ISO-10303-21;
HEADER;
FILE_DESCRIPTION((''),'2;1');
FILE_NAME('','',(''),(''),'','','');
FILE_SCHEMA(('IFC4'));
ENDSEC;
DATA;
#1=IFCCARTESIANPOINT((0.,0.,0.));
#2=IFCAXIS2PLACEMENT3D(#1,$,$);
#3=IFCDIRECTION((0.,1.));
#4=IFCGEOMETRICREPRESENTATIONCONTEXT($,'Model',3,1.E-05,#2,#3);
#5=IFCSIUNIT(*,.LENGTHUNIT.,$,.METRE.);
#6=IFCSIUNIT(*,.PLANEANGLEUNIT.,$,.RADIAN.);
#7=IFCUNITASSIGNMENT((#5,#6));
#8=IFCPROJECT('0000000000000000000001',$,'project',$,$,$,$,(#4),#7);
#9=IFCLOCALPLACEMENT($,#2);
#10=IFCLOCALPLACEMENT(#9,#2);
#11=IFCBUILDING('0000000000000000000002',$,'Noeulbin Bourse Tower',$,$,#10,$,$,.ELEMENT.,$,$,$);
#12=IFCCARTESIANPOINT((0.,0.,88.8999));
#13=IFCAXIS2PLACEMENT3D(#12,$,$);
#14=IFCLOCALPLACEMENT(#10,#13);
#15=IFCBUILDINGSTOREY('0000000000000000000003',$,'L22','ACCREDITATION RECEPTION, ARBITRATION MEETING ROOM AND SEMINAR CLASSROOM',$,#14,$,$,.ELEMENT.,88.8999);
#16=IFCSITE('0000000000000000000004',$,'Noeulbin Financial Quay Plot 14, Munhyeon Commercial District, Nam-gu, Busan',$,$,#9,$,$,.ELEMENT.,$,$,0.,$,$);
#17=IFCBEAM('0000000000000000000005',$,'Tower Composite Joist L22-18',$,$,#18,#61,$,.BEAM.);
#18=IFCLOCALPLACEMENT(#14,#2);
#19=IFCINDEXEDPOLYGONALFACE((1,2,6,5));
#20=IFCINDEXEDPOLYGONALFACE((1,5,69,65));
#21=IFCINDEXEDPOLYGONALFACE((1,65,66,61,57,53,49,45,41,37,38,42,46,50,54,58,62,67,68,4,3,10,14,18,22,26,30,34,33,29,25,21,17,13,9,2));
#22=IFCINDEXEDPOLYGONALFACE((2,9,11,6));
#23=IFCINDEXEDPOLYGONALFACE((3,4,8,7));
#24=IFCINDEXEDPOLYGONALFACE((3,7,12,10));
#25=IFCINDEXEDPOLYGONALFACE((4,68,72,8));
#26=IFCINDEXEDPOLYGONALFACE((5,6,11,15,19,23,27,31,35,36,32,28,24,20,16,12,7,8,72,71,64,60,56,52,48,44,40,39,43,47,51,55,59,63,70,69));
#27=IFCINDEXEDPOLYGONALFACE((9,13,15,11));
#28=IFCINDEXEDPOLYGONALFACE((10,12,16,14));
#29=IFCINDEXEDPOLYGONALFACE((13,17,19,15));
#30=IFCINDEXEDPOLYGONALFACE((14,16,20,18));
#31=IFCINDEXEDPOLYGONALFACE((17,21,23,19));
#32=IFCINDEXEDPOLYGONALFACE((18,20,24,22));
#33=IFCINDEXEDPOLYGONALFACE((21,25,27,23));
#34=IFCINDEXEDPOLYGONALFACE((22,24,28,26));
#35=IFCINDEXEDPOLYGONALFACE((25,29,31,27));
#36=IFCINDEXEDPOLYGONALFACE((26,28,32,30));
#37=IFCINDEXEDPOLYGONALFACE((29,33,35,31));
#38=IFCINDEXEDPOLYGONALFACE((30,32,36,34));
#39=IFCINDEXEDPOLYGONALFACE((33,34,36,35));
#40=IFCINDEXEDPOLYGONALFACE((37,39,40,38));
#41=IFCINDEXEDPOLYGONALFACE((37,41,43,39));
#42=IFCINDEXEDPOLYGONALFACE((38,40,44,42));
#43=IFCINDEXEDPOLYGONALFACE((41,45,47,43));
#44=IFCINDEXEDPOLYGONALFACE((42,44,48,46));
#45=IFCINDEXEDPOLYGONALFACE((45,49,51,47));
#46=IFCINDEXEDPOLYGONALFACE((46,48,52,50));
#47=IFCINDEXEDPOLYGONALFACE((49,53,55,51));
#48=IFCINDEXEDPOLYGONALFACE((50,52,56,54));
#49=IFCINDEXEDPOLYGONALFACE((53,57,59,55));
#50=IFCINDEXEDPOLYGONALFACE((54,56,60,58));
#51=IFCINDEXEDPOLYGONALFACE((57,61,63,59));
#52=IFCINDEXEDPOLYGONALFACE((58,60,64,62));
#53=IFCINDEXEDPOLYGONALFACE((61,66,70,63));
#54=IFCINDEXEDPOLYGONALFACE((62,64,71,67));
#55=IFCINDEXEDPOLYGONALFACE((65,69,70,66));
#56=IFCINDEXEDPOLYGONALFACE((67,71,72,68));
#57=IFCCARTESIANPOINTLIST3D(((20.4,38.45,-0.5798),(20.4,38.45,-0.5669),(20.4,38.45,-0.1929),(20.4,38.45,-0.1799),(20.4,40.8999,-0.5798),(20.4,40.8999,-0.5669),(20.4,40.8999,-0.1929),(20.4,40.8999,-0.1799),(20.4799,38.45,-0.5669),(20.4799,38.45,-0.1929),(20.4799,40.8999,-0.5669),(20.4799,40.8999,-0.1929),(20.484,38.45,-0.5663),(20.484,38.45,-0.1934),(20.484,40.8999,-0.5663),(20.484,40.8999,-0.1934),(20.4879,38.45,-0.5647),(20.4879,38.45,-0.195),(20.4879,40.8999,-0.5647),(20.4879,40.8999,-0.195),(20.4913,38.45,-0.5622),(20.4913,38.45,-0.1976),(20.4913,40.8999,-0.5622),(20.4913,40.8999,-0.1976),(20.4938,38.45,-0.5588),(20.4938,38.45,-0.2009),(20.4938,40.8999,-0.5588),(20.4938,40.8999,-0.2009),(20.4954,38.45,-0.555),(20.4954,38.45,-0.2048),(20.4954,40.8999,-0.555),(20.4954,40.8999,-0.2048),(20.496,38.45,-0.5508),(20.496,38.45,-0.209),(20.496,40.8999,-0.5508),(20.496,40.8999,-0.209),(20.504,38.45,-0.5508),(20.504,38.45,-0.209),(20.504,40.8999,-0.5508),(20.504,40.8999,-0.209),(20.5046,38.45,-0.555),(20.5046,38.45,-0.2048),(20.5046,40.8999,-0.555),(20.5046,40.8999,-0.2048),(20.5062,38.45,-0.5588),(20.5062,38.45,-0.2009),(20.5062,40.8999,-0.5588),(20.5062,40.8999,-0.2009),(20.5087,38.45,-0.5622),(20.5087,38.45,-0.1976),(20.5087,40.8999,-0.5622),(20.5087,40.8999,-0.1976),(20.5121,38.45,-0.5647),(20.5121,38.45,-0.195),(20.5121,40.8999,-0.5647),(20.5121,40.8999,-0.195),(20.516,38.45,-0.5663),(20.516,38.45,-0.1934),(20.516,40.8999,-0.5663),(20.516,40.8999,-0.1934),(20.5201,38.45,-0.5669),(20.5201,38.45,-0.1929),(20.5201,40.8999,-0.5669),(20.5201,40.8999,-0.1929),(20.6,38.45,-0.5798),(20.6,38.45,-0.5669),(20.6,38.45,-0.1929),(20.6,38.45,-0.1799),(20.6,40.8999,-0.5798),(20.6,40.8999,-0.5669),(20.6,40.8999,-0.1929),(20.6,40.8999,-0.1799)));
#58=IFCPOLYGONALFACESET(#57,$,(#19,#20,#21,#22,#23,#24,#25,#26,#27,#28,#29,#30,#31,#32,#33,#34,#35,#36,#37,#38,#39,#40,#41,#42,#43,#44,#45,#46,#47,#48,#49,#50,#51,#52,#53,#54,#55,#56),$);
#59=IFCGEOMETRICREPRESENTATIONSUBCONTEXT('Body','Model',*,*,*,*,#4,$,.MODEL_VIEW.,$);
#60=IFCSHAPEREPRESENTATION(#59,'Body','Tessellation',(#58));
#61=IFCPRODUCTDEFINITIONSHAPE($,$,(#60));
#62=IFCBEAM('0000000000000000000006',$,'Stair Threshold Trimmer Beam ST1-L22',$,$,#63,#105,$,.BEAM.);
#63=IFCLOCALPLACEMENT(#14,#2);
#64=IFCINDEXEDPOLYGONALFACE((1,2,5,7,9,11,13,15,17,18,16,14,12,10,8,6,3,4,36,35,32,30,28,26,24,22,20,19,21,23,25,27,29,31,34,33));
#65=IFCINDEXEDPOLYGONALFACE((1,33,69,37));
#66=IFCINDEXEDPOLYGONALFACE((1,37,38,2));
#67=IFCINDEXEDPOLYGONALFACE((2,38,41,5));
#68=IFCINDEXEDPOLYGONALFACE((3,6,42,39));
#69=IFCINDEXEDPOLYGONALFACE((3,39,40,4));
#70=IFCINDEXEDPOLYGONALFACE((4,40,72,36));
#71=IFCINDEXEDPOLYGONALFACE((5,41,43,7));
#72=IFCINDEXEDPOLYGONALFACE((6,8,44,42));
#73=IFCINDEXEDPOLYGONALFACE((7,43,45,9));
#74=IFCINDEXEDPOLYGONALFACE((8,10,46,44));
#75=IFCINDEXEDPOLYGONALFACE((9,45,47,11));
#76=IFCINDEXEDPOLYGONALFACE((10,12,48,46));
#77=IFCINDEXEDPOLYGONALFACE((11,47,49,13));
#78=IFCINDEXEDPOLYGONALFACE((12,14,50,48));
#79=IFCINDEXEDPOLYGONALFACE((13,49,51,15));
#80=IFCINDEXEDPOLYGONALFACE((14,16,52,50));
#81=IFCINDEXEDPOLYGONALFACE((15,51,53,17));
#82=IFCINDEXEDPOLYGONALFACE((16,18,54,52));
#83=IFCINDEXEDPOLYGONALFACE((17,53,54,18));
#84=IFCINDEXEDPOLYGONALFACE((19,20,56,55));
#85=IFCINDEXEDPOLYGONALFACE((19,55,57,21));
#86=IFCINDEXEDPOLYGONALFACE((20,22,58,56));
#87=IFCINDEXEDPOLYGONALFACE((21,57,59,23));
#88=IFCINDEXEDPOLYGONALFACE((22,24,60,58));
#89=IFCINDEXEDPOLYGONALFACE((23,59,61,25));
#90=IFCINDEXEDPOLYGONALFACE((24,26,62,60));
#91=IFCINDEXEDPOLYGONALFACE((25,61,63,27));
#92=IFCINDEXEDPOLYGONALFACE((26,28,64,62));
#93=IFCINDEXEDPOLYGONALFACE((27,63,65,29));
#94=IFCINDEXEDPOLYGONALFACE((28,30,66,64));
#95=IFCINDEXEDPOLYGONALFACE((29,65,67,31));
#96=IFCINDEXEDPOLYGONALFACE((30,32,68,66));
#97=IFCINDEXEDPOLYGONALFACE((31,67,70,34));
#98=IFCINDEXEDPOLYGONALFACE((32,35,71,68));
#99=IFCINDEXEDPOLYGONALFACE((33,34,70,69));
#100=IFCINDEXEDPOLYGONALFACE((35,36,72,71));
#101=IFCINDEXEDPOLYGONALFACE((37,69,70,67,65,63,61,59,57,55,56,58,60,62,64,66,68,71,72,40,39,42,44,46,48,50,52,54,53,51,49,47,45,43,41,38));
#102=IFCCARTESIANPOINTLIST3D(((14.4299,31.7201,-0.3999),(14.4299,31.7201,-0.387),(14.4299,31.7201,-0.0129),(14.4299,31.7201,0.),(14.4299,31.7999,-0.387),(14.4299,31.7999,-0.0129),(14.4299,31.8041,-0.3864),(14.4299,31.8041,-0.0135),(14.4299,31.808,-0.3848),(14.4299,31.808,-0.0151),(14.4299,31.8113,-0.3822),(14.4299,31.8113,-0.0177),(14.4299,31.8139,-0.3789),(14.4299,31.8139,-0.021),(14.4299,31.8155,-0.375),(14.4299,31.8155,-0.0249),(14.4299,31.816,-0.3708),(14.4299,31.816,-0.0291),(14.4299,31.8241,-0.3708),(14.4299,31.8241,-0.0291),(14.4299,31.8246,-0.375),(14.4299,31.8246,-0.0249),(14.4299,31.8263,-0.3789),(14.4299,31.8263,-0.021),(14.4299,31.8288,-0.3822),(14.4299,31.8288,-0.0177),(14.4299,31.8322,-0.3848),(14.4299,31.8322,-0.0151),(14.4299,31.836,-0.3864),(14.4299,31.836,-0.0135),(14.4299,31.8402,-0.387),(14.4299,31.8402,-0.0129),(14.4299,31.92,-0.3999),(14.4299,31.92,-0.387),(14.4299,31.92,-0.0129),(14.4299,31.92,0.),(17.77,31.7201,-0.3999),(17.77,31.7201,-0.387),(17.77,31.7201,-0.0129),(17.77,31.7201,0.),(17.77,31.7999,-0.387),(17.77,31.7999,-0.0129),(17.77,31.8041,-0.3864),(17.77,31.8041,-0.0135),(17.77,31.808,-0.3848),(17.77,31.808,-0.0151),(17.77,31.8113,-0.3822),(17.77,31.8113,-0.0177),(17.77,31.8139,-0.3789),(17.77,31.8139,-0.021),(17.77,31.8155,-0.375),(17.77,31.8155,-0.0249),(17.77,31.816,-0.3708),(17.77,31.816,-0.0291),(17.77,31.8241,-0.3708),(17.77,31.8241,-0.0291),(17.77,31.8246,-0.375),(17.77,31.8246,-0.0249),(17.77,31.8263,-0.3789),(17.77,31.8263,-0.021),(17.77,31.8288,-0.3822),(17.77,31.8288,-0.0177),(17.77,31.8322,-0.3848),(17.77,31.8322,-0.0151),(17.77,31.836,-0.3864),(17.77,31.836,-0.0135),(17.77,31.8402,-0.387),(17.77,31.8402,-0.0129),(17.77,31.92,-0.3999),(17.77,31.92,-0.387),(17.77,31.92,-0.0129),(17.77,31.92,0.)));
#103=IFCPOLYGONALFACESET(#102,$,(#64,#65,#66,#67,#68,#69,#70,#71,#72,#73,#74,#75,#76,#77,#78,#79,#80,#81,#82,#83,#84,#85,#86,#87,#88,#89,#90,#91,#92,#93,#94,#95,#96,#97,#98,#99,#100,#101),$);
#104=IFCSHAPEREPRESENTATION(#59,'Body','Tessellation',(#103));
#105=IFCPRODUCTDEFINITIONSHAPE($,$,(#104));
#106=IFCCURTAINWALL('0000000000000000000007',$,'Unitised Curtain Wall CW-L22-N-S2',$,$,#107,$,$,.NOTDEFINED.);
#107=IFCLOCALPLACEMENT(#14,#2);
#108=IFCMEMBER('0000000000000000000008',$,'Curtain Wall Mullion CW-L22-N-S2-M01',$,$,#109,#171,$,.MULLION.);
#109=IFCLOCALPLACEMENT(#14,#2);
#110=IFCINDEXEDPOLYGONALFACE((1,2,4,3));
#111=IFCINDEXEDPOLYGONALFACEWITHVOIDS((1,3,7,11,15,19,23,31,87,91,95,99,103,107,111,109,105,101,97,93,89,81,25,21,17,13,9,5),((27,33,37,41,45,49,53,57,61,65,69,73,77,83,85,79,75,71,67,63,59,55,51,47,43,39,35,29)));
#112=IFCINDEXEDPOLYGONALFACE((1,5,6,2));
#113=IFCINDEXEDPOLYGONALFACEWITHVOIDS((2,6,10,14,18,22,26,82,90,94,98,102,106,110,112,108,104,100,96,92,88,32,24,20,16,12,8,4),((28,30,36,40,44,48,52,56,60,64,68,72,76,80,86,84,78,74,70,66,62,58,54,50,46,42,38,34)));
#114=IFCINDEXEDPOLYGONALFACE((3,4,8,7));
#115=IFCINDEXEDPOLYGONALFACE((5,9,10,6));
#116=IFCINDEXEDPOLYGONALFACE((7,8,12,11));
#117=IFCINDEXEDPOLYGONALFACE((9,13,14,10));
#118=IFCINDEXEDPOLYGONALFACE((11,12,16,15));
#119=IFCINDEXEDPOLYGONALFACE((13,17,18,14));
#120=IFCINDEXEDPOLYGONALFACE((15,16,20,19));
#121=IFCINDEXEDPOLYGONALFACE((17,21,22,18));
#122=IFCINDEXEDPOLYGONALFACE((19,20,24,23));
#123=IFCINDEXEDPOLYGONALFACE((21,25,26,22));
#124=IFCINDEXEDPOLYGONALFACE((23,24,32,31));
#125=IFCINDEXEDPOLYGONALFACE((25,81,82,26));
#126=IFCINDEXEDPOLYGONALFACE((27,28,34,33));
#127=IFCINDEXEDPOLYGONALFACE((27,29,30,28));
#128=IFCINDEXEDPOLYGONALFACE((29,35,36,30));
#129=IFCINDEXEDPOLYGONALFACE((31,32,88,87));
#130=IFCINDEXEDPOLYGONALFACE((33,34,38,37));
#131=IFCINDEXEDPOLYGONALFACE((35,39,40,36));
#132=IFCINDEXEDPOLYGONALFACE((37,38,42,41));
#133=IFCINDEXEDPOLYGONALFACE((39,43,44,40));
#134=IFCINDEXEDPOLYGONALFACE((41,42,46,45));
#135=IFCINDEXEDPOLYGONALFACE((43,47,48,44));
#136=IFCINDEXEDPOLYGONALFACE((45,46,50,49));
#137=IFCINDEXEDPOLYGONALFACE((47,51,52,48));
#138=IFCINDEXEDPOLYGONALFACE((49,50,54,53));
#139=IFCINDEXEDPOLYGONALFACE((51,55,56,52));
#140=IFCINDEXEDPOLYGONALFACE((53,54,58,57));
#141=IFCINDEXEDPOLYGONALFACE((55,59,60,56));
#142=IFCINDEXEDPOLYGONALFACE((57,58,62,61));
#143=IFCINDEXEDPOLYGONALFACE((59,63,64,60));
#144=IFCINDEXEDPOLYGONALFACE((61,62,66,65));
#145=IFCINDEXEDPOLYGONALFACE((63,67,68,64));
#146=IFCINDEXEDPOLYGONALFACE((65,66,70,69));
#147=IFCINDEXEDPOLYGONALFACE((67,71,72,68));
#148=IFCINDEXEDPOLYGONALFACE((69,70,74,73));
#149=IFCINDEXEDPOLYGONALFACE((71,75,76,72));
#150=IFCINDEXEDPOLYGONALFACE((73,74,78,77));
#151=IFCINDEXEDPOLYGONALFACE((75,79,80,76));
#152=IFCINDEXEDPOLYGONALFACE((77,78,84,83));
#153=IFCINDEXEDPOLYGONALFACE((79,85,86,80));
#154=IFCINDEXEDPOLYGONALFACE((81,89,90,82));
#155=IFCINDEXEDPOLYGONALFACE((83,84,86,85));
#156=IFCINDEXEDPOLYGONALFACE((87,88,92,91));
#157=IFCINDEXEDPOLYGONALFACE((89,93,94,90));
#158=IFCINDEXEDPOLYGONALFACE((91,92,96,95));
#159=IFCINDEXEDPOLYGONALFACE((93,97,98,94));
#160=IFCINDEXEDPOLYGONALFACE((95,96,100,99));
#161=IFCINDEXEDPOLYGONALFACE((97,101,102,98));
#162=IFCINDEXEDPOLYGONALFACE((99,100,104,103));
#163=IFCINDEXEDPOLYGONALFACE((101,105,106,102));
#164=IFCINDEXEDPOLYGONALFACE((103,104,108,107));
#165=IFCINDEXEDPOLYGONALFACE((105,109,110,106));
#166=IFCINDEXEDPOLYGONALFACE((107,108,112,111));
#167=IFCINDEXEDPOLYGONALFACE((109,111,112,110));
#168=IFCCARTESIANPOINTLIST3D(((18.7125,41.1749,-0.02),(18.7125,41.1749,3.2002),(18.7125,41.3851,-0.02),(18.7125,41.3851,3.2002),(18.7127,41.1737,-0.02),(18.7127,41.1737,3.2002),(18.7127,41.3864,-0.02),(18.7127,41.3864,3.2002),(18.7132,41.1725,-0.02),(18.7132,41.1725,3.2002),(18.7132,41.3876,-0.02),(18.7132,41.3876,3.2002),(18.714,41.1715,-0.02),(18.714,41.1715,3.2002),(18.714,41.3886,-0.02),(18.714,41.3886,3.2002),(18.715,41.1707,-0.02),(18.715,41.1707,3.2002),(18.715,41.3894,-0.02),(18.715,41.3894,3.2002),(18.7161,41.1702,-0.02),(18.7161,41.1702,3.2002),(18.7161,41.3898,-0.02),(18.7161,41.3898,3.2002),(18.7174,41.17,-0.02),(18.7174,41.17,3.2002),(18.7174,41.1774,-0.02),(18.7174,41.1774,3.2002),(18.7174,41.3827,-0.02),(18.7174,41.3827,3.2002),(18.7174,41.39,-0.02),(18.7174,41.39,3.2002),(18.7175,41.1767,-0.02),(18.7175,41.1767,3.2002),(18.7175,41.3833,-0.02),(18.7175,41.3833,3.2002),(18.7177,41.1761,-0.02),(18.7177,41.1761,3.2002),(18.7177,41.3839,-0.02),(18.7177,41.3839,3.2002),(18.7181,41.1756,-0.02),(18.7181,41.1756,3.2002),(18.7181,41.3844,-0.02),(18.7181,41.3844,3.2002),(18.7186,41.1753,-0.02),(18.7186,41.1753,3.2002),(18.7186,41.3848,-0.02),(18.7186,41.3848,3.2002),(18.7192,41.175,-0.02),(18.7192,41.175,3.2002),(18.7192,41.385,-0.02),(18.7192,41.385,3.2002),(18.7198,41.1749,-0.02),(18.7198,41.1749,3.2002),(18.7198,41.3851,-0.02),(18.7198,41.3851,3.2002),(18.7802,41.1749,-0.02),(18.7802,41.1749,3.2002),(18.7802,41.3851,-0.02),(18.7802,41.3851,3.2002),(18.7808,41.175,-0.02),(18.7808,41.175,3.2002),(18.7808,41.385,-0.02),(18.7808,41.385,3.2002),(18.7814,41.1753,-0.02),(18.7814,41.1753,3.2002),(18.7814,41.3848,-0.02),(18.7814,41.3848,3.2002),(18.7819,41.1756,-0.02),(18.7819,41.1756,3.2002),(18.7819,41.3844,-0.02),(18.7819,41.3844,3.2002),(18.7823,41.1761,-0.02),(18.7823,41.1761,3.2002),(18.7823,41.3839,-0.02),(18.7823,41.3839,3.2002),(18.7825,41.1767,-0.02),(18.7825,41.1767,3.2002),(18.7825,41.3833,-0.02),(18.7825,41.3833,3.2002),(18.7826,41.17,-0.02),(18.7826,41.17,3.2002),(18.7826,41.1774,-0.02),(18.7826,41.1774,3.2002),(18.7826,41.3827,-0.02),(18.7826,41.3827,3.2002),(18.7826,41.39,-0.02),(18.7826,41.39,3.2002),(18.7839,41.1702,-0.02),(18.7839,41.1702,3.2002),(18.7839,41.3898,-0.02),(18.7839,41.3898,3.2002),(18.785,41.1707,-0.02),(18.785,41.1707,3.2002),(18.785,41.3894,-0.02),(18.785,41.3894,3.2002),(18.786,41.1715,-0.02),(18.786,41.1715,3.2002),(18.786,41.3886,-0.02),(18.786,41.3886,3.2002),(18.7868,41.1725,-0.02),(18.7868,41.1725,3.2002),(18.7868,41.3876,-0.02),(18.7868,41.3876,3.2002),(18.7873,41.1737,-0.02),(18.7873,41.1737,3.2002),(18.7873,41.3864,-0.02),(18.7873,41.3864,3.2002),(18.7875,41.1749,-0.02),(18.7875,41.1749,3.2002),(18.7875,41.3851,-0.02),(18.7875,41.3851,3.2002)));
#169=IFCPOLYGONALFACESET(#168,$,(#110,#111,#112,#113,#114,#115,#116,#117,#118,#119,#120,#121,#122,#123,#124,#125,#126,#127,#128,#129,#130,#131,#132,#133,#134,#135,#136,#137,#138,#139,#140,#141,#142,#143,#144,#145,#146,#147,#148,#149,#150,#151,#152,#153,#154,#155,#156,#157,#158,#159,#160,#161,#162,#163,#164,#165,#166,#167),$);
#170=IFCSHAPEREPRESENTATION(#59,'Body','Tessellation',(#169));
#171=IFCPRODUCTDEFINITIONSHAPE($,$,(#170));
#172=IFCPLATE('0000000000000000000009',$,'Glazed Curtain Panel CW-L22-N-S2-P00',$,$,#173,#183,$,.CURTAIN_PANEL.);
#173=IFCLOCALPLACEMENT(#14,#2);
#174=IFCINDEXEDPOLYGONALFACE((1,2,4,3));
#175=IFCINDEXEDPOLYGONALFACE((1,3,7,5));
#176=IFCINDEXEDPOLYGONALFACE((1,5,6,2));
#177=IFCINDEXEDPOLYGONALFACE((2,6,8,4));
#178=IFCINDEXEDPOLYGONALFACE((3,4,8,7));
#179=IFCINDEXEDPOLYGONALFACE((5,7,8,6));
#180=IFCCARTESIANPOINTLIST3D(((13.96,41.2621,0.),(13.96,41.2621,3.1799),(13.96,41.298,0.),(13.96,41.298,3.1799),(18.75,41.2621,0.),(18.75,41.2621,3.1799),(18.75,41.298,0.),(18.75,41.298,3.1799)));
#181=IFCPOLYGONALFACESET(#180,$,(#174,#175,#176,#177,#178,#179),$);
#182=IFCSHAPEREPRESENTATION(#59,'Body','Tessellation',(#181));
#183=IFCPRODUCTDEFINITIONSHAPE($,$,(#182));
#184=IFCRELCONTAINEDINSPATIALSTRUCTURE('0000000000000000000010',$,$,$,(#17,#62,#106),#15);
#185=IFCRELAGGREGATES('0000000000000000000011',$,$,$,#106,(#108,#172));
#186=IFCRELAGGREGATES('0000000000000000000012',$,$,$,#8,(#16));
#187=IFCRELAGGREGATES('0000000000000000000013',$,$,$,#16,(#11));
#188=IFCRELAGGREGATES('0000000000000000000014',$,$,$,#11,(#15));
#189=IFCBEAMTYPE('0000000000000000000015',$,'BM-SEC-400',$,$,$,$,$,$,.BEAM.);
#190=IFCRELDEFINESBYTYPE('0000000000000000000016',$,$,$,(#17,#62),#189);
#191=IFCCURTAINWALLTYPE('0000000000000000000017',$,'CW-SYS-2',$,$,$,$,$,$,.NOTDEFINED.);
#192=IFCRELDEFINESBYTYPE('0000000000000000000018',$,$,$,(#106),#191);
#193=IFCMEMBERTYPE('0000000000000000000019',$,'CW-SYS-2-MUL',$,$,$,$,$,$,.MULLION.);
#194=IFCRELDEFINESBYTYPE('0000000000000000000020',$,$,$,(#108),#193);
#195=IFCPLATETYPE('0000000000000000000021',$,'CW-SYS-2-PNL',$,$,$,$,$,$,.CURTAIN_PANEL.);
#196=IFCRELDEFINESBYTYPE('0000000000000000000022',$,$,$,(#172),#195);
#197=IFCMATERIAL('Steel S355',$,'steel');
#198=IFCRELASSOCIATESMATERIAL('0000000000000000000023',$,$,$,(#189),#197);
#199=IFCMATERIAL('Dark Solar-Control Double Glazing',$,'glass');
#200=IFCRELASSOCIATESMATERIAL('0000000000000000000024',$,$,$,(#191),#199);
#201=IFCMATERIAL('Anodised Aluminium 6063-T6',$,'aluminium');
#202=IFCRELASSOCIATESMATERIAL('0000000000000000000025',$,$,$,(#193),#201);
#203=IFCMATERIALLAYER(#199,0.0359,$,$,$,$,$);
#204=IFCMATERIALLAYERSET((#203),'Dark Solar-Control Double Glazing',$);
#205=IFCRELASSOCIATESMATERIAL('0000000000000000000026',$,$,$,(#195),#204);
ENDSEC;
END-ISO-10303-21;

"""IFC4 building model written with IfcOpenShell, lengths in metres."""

from ifc_helpers import new_model, si_unit, direction, frame, origin, origin_2d, place, context, subcontext, project, spatial, rectangle, hollow_rectangle, i_section, extrude, material, layer, layer_set, material_profile, profile_set, type_object, element, aggregate, save


model = new_model("IFC4")

# Units and contexts
model_context = context("Model", 3, precision=1e-05, world=origin(), true_north=direction((0.0, 1.0)))
body_context = subcontext(model_context, "Body", "Model", "MODEL_VIEW")
ifc_project = project(units=[si_unit("LENGTHUNIT", "METRE"), si_unit("PLANEANGLEUNIT", "RADIAN")], contexts=[model_context])

# Site, building, storey
site_placement = place(None, origin())
site = spatial("IfcSite", under=ifc_project, at=site_placement, Name="Noeulbin Financial Quay Plot 14, Munhyeon Commercial District, Nam-gu, Busan", CompositionType="ELEMENT", RefElevation=0.0)
building_placement = place(site_placement, origin())
building = spatial("IfcBuilding", under=site, at=building_placement, Name="Noeulbin Bourse Tower", CompositionType="ELEMENT")
storey_placement = place(building_placement, frame((0.0, 0.0, 88.8999)))
storey = spatial("IfcBuildingStorey", under=building, at=storey_placement, Name="L22", Description="ACCREDITATION RECEPTION, ARBITRATION MEETING ROOM AND SEMINAR CLASSROOM", CompositionType="ELEMENT", Elevation=88.8999)

# Beams
ifc_material_1 = material(Name="Steel S355", Category="steel")
ifc_material_profile_1 = material_profile(ifc_material_1, i_section(OverallWidth=0.2, OverallDepth=0.3999, WebThickness=0.0081, FlangeThickness=0.0129, FilletRadius=0.0161, at=origin_2d()), Name="H-400x200x8x13", Category="LoadBearing")
ifc_profile_set_1 = profile_set([ifc_material_profile_1], Name="Steel S355")
beam_type = type_object("IfcBeamType", Name="BM-SEC-400", PredefinedType="BEAM", material=ifc_profile_set_1)
for number, where, z_axis, x_axis, name in (
    (1, (20.5, 38.45, -0.3799), (0.0, 1.0, 0.0), (-1.0, 0.0, 0.0), "Tower Composite Joist L22-18"),
):
    element("IfcBeam", number, at=place(storey_placement, frame(where, z_axis=z_axis, x_axis=x_axis)), inside=storey, type_object=beam_type, Name=name, PredefinedType="BEAM", context=body_context, shape_type="SweptSolid", body=[
        extrude(i_section(OverallWidth=0.2, OverallDepth=0.3999, WebThickness=0.0081, FlangeThickness=0.0129, FilletRadius=0.0161, at=origin_2d()), origin(), (0.0, 0.0, 1.0), 2.45),
    ])
beam_placement = place(storey_placement, frame((14.4299, 31.8201, -0.2), z_axis=(1.0, 0.0, 0.0), x_axis=(0.0, 1.0, 0.0)))
element("IfcBeam", 2, at=beam_placement, inside=storey, type_object=beam_type, Name="Stair Threshold Trimmer Beam ST1-L22", PredefinedType="BEAM", context=body_context, shape_type="SweptSolid", body=[
    extrude(i_section(OverallWidth=0.2, OverallDepth=0.3999, WebThickness=0.0081, FlangeThickness=0.0129, FilletRadius=0.0161, at=origin_2d()), origin(), (0.0, 0.0, 1.0), 3.3401),
])

# Curtain wall, member, plate
ifc_material_2 = material(Name="Dark Solar-Control Double Glazing", Category="glass")
curtain_wall_type = type_object("IfcCurtainWallType", Name="CW-SYS-2", PredefinedType="NOTDEFINED", material=ifc_material_2)
curtain_wall_placement = place(storey_placement, origin())
curtain_wall = element("IfcCurtainWall", 3, at=curtain_wall_placement, inside=storey, type_object=curtain_wall_type, Name="Unitised Curtain Wall CW-L22-N-S2", PredefinedType="NOTDEFINED")
ifc_material_3 = material(Name="Anodised Aluminium 6063-T6", Category="aluminium")
ifc_material_profile_2 = material_profile(ifc_material_3, hollow_rectangle(XDim=0.075, YDim=0.22, WallThickness=0.0049, InnerFilletRadius=0.0024, OuterFilletRadius=0.0049, at=origin_2d()), Name="ALU-MULL-75x220x5", Category="LoadBearing")
ifc_profile_set_2 = profile_set([ifc_material_profile_2], Name="Anodised Aluminium 6063-T6")
member_type = type_object("IfcMemberType", Name="CW-SYS-2-MUL", PredefinedType="MULLION", material=ifc_profile_set_2)
member_placement = place(storey_placement, frame((18.75, 41.28, -0.02), z_axis=(0.0, 0.0, 1.0), x_axis=(1.0, 0.0, 0.0)))
member = element("IfcMember", 4, at=member_placement, type_object=member_type, Name="Curtain Wall Mullion CW-L22-N-S2-M01", PredefinedType="MULLION", context=body_context, shape_type="SweptSolid", body=[
    extrude(hollow_rectangle(XDim=0.075, YDim=0.22, WallThickness=0.0049, InnerFilletRadius=0.0024, OuterFilletRadius=0.0049, at=origin_2d()), origin(), (0.0, 0.0, 1.0), 3.2202),
])
ifc_layer_1 = layer(ifc_material_2, 0.0359)
ifc_layer_set_1 = layer_set([ifc_layer_1], Name="Dark Solar-Control Double Glazing")
plate_type_1 = type_object("IfcPlateType", Name="CW-SYS-2-PNL", PredefinedType="CURTAIN_PANEL", material=ifc_layer_set_1)
plate_placement = place(storey_placement, frame((16.355, 41.28, 0.0), z_axis=(0.0, 0.0, 1.0), x_axis=(1.0, 0.0, 0.0)))
plate = element("IfcPlate", 5, at=plate_placement, type_object=plate_type_1, Name="Glazed Curtain Panel CW-L22-N-S2-P00", PredefinedType="CURTAIN_PANEL", context=body_context, shape_type="SweptSolid", body=[
    extrude(rectangle(XDim=4.79, YDim=0.0359, at=origin_2d()), origin(), (0.0, 0.0, 1.0), 3.1799),
])
aggregate(curtain_wall, [member, plate])

save(model, "model.ifc")
